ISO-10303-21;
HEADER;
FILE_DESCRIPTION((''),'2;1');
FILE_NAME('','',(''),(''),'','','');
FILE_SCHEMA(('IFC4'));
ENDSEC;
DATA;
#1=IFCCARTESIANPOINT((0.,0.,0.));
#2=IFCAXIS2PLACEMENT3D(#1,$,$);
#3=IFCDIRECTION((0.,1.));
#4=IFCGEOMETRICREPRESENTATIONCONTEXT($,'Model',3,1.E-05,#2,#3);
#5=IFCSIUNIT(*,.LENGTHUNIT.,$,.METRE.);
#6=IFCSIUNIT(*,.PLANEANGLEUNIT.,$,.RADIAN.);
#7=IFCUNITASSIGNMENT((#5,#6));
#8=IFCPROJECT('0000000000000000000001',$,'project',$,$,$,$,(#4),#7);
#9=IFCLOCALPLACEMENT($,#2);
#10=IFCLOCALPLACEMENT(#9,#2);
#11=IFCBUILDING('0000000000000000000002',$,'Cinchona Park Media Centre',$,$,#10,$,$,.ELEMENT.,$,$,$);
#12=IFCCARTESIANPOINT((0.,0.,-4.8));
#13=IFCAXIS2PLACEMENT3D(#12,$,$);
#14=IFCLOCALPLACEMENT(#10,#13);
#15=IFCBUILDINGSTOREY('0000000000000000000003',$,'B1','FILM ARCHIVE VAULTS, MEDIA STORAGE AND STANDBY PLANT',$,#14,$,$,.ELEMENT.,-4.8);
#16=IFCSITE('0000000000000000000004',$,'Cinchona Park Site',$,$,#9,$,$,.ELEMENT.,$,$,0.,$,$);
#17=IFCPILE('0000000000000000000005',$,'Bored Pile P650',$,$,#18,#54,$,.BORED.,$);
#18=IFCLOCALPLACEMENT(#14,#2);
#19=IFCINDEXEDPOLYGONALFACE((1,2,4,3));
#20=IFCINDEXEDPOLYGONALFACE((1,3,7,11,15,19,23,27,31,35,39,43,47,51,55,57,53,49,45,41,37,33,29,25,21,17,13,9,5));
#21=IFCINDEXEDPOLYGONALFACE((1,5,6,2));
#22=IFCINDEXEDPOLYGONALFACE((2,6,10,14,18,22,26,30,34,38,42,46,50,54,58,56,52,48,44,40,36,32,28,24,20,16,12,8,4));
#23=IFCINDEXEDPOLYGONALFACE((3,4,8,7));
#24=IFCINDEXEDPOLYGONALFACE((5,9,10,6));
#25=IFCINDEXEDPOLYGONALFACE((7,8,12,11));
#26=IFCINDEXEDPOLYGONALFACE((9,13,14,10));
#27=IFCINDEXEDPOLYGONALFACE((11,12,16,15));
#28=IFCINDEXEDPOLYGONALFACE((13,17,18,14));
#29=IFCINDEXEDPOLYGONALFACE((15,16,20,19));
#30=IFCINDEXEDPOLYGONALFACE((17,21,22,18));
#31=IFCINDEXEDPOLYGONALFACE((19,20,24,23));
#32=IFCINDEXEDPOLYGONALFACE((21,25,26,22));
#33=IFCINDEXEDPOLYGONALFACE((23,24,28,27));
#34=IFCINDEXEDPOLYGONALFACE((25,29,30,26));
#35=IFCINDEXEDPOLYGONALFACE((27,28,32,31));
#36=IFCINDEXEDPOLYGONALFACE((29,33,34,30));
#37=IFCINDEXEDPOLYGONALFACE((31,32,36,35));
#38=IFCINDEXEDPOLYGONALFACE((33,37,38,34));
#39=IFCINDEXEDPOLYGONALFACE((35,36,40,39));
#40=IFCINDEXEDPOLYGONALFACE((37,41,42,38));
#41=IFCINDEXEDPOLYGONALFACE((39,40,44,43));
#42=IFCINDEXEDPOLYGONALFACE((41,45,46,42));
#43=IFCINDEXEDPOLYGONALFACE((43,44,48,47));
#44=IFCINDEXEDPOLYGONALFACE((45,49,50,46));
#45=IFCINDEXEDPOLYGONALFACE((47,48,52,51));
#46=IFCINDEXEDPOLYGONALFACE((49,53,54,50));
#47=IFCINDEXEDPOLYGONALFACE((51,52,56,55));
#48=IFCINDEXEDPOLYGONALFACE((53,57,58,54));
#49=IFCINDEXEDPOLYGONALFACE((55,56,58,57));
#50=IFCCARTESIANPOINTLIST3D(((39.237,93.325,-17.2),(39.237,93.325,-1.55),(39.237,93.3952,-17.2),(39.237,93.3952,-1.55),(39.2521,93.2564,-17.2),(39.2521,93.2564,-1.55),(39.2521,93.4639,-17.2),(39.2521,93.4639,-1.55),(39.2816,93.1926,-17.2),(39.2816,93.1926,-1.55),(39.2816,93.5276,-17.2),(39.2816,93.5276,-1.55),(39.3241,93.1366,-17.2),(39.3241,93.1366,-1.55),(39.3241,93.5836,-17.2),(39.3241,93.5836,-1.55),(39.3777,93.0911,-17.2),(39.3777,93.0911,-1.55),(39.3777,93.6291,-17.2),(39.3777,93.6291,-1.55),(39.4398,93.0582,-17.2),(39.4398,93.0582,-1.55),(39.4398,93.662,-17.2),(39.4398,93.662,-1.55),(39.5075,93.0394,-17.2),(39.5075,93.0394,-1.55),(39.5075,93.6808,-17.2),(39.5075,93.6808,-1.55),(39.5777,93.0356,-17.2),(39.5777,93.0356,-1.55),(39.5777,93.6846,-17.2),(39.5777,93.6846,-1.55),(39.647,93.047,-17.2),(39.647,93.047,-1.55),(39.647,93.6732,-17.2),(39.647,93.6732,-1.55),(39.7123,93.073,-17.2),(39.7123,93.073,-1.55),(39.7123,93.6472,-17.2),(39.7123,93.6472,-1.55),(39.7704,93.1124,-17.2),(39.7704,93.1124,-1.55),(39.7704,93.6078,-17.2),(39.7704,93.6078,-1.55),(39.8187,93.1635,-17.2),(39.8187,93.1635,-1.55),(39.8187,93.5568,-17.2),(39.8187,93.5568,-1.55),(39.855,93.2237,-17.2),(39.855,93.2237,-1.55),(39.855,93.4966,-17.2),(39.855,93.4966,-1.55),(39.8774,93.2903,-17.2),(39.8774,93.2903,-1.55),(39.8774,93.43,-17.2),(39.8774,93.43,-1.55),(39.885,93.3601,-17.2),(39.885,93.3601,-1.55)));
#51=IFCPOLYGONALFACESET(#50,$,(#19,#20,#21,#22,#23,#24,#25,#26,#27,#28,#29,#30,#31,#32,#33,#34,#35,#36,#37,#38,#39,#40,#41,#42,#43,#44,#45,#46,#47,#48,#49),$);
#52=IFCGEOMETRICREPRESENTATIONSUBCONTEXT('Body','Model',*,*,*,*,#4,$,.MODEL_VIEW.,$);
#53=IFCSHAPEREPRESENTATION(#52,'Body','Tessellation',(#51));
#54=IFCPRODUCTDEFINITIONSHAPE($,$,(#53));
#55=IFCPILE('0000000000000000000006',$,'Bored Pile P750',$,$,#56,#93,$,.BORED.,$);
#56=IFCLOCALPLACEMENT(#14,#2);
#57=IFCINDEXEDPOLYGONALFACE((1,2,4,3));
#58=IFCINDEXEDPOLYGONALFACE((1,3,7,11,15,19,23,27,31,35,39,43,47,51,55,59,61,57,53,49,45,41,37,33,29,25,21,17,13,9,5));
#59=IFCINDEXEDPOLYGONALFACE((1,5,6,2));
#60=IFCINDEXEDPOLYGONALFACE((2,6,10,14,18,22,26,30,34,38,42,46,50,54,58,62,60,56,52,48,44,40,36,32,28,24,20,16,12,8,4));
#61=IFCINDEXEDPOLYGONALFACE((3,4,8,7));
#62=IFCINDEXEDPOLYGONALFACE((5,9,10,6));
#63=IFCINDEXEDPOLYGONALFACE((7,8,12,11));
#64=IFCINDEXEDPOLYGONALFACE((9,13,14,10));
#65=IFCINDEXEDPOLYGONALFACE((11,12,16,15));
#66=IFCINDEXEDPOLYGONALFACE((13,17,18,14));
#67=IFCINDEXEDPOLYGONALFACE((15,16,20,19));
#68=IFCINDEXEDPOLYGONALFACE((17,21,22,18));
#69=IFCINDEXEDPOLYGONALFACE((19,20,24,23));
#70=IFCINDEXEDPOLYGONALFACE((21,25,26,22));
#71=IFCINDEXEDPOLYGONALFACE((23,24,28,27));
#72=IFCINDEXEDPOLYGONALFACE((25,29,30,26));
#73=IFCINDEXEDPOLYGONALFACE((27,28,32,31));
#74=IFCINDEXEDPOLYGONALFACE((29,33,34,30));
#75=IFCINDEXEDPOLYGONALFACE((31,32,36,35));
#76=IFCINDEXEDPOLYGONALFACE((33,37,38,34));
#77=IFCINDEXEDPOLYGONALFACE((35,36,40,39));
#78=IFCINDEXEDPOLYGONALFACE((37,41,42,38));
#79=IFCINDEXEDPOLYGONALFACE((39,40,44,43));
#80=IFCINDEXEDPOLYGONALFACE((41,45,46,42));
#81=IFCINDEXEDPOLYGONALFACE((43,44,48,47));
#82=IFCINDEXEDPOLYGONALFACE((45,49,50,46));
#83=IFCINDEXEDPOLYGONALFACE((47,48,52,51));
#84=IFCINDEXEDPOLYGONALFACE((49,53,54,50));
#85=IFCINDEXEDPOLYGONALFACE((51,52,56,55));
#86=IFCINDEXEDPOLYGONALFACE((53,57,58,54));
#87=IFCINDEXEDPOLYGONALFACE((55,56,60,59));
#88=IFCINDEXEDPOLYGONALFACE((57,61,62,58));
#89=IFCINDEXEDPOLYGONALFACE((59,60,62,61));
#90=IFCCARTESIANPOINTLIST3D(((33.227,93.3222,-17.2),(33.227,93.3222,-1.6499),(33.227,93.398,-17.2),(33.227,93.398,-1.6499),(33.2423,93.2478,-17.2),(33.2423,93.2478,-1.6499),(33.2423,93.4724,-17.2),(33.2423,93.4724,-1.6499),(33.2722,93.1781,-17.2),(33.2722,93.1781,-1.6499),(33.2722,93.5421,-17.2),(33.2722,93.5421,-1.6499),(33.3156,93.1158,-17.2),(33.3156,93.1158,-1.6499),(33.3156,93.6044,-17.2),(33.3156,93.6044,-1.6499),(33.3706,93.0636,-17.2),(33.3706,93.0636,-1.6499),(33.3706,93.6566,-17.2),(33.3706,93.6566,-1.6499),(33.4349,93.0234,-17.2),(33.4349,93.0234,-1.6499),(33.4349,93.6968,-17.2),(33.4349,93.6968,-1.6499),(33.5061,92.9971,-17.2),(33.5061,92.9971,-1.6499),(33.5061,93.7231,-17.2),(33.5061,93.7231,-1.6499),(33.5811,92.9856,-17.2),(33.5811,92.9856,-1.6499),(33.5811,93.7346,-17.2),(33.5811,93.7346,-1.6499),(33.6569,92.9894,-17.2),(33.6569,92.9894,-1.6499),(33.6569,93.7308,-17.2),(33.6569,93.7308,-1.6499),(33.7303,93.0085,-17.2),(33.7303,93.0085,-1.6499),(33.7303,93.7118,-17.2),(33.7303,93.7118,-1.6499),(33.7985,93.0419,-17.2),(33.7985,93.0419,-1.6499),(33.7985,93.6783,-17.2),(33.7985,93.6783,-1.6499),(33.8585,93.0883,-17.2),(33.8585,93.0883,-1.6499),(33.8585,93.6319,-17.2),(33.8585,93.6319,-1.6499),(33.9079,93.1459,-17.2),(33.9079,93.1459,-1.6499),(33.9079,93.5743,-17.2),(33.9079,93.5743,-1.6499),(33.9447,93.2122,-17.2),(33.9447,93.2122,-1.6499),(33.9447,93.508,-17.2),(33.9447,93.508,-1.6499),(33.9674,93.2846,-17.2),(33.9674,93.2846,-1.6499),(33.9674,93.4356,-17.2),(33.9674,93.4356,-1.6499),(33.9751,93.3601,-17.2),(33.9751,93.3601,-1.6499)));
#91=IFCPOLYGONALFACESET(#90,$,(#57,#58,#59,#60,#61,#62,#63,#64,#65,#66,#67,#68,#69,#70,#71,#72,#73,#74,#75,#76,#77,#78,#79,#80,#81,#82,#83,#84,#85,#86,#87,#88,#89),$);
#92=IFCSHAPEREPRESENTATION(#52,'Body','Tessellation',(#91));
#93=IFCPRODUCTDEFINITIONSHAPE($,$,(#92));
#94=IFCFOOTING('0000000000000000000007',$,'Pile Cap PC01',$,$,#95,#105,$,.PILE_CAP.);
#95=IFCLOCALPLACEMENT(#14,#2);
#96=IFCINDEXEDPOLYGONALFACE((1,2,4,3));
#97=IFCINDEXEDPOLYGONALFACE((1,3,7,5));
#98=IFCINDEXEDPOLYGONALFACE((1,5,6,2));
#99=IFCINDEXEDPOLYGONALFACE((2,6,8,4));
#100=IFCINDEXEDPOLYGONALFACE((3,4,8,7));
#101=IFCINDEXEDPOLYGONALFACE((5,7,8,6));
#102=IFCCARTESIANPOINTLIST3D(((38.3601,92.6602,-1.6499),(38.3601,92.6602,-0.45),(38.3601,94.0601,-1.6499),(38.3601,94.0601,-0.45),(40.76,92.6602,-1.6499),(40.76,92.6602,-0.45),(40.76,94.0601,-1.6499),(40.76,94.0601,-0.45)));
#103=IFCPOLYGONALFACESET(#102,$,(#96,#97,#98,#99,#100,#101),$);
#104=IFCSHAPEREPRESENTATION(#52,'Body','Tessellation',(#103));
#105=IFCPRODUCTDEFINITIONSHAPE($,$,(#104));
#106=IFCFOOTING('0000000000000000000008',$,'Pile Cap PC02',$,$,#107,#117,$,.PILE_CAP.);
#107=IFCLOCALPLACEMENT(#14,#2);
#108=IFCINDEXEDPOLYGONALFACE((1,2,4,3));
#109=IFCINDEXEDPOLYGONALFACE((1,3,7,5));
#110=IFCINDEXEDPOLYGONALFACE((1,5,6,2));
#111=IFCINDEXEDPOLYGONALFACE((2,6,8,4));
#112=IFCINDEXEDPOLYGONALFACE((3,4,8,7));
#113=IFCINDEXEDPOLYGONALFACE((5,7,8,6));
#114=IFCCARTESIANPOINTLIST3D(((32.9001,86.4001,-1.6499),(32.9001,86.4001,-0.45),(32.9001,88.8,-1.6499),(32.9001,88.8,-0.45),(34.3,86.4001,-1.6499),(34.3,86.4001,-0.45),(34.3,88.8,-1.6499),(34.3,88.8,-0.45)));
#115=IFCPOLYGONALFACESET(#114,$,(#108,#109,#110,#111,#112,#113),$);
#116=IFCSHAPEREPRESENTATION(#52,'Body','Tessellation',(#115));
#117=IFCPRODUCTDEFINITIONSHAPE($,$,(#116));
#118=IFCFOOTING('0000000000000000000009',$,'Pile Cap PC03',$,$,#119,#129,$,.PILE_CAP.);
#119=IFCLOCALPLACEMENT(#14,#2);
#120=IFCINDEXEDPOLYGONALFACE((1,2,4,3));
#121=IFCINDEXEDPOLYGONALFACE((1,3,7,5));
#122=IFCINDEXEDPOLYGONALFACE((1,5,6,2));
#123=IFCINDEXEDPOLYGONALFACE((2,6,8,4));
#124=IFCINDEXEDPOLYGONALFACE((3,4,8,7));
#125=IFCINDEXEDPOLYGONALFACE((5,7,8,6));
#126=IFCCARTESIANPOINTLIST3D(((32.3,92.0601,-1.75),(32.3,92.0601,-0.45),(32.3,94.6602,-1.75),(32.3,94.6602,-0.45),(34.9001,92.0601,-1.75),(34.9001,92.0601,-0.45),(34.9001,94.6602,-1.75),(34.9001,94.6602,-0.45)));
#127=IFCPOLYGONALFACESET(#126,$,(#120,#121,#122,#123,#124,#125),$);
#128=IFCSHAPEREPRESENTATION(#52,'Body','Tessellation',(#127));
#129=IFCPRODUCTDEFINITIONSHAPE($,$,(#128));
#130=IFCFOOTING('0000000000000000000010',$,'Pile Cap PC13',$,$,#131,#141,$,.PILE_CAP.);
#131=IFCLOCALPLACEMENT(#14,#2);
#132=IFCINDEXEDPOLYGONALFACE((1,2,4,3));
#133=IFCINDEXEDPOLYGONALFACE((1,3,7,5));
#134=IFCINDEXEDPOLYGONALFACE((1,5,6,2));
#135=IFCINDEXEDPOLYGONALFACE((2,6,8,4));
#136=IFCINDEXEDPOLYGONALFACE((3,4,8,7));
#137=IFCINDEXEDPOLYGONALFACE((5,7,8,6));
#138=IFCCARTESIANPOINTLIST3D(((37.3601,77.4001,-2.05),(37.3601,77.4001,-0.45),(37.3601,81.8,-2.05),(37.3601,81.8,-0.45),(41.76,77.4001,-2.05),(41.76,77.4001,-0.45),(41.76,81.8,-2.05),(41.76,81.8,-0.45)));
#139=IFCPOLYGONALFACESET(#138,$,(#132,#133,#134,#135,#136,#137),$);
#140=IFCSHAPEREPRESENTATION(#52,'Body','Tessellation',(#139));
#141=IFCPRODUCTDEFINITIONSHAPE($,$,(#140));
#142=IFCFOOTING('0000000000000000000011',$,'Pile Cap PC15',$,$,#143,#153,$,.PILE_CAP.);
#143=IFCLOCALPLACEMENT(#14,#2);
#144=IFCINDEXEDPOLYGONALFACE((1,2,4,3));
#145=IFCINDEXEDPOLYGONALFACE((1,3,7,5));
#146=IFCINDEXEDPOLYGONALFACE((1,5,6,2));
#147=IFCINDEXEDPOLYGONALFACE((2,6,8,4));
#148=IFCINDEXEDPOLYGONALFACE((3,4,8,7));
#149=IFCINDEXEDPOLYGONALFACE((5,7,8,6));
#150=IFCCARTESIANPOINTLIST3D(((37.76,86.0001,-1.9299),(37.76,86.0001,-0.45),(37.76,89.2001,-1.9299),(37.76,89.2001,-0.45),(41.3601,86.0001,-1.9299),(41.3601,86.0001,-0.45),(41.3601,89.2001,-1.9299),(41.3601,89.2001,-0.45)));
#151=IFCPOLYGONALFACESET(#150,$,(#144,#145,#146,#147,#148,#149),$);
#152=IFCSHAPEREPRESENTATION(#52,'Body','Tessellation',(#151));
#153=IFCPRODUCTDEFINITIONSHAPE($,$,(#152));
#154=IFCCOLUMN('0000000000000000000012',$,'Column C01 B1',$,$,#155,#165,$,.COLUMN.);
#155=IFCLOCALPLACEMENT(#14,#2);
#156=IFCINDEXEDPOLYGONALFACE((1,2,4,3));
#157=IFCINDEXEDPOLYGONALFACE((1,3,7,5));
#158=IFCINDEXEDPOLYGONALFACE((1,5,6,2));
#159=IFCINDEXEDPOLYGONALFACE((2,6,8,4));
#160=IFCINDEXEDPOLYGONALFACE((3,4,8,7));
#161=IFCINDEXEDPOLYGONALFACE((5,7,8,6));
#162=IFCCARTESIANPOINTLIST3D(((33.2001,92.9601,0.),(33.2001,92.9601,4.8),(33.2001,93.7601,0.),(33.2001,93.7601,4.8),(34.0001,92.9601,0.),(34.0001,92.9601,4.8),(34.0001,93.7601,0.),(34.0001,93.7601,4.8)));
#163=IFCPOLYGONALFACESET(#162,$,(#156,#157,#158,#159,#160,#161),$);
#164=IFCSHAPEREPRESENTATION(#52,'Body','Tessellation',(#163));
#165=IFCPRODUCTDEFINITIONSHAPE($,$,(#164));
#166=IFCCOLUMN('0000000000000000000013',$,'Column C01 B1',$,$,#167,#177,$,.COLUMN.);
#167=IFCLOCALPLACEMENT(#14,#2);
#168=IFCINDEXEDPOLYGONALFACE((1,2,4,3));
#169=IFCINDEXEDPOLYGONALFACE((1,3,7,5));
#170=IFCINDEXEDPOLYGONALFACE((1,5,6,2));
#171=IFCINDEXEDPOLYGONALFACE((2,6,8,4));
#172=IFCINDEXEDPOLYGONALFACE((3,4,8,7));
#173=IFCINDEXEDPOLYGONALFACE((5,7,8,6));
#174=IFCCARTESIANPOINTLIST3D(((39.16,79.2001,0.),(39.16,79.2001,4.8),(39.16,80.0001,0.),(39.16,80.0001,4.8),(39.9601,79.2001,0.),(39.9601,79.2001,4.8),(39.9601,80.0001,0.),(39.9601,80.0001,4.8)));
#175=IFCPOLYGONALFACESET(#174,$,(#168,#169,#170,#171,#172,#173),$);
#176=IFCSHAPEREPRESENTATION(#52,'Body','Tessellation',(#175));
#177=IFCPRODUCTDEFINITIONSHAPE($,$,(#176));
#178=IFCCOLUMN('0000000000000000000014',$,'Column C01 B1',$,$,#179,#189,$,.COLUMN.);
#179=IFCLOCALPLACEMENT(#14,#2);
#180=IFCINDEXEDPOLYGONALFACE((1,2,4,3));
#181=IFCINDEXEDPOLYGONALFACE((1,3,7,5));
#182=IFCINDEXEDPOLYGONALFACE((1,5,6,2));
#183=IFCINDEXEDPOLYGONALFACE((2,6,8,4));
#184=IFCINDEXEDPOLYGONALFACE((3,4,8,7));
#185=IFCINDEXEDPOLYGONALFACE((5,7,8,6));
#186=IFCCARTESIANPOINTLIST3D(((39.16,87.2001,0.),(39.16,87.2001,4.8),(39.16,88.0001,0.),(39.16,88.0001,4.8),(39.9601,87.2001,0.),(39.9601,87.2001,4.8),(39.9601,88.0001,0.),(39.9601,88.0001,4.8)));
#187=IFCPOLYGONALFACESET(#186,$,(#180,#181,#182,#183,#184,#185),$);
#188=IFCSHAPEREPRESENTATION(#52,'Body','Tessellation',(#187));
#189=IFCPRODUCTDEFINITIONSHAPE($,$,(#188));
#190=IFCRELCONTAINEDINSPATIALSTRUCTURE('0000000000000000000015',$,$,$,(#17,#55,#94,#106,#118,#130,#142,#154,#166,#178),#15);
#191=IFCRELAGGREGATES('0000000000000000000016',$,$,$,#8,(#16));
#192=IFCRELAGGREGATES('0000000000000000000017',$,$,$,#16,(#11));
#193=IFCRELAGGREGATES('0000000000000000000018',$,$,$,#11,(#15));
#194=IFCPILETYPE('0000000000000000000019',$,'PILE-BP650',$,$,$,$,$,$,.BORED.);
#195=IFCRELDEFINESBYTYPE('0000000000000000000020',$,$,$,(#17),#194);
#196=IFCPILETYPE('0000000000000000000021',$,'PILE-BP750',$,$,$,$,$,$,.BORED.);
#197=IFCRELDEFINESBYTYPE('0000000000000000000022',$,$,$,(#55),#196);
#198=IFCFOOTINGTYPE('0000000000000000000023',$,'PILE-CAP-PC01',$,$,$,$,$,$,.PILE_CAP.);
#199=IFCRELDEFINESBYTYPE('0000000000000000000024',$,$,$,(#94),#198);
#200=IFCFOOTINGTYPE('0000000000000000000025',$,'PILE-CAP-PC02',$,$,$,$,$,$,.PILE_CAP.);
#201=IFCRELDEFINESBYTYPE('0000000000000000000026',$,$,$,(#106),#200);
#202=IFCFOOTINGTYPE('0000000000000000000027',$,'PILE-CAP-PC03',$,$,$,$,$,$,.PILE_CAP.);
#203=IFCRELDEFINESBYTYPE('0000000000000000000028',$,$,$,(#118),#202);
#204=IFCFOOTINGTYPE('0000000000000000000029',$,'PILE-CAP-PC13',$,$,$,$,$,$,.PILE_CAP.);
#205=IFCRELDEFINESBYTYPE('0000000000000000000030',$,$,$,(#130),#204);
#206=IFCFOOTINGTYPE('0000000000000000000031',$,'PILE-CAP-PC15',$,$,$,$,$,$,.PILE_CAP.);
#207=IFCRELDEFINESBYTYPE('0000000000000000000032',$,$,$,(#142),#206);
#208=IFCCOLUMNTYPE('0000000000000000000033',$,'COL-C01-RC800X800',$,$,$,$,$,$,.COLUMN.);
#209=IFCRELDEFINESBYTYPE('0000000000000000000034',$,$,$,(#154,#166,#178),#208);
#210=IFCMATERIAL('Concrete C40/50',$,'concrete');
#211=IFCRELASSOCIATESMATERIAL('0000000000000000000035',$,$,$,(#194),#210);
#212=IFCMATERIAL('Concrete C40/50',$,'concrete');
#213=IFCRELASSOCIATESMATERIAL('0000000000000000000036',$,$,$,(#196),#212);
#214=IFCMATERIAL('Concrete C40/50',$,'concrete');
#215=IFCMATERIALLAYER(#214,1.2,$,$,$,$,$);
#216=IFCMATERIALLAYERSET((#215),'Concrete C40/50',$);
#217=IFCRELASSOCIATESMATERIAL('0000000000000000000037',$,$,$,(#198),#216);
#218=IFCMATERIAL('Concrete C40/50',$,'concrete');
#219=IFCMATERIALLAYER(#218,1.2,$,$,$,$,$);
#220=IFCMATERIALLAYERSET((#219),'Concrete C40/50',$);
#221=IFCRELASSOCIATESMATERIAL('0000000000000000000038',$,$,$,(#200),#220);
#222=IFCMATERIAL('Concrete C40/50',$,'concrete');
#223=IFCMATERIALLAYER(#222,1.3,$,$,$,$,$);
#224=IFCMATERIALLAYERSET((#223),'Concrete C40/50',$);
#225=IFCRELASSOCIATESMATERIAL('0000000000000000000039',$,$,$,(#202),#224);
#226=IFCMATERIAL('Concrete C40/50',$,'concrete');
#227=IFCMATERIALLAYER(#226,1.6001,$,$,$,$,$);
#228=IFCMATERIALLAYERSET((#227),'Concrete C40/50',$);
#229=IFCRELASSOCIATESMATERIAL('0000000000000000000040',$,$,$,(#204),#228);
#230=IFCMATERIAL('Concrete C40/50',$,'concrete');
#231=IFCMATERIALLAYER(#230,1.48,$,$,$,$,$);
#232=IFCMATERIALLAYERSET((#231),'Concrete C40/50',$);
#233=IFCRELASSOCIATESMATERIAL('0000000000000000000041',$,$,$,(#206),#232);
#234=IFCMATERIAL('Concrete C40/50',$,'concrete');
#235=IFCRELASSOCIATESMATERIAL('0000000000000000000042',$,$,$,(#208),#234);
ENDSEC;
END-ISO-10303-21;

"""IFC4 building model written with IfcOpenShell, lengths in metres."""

from ifc_helpers import new_model, si_unit, direction, frame, origin, origin_2d, place, context, subcontext, project, spatial, rectangle, circle, extrude, material, layer, layer_set, material_profile, profile_set, type_object, element, save


model = new_model("IFC4")

# Units and contexts
model_context = context("Model", 3, precision=1e-05, world=origin(), true_north=direction((0.0, 1.0)))
body_context = subcontext(model_context, "Body", "Model", "MODEL_VIEW")
ifc_project = project(units=[si_unit("LENGTHUNIT", "METRE"), si_unit("PLANEANGLEUNIT", "RADIAN")], contexts=[model_context])

# Site, building, storey
site_placement = place(None, origin())
site = spatial("IfcSite", under=ifc_project, at=site_placement, Name="Cinchona Park Site", CompositionType="ELEMENT", RefElevation=0.0)
building_placement = place(site_placement, origin())
building = spatial("IfcBuilding", under=site, at=building_placement, Name="Cinchona Park Media Centre", CompositionType="ELEMENT")
storey_placement = place(building_placement, frame((0.0, 0.0, -4.8)))
storey = spatial("IfcBuildingStorey", under=building, at=storey_placement, Name="B1", Description="FILM ARCHIVE VAULTS, MEDIA STORAGE AND STANDBY PLANT", CompositionType="ELEMENT", Elevation=-4.8)

# Piles
ifc_material_1 = material(Name="Concrete C40/50", Category="concrete")
ifc_material_profile_1 = material_profile(ifc_material_1, circle(Radius=0.325, at=origin_2d()), Name="BORED PILE 650")
ifc_profile_set_1 = profile_set([ifc_material_profile_1], Name="Concrete C40/50")
pile_type_1 = type_object("IfcPileType", Name="PILE-BP650", PredefinedType="BORED", material=ifc_profile_set_1)
pile_1_placement = place(storey_placement, frame((39.5601, 93.3601, -1.55), z_axis=(0.0, 0.0, -1.0), x_axis=(1.0, 0.0, 0.0)))
element("IfcPile", 1, at=pile_1_placement, inside=storey, type_object=pile_type_1, Name="Bored Pile P650", PredefinedType="BORED", context=body_context, shape_type="SweptSolid", body=[
    extrude(circle(Radius=0.325, at=origin_2d()), origin(), (0.0, 0.0, 1.0), 15.6499),
])
ifc_material_2 = material(Name="Concrete C40/50", Category="concrete")
ifc_material_profile_2 = material_profile(ifc_material_2, circle(Radius=0.375, at=origin_2d()), Name="BORED PILE 750")
ifc_profile_set_2 = profile_set([ifc_material_profile_2], Name="Concrete C40/50")
pile_type_2 = type_object("IfcPileType", Name="PILE-BP750", PredefinedType="BORED", material=ifc_profile_set_2)
pile_2_placement = place(storey_placement, frame((33.6001, 93.3601, -1.6499), z_axis=(0.0, 0.0, -1.0), x_axis=(1.0, 0.0, 0.0)))
element("IfcPile", 2, at=pile_2_placement, inside=storey, type_object=pile_type_2, Name="Bored Pile P750", PredefinedType="BORED", context=body_context, shape_type="SweptSolid", body=[
    extrude(circle(Radius=0.375, at=origin_2d()), origin(), (0.0, 0.0, 1.0), 15.55),
])

# Footings
ifc_material_3 = material(Name="Concrete C40/50", Category="concrete")
ifc_layer_1 = layer(ifc_material_3, 1.2)
ifc_layer_set_1 = layer_set([ifc_layer_1], Name="Concrete C40/50")
footing_type_1 = type_object("IfcFootingType", Name="PILE-CAP-PC01", PredefinedType="PILE_CAP", material=ifc_layer_set_1)
footing_1_placement = place(storey_placement, frame((39.5601, 93.3601, -1.6499), z_axis=(0.0, 0.0, 1.0), x_axis=(1.0, 0.0, 0.0)))
element("IfcFooting", 3, at=footing_1_placement, inside=storey, type_object=footing_type_1, Name="Pile Cap PC01", PredefinedType="PILE_CAP", context=body_context, shape_type="SweptSolid", body=[
    extrude(rectangle(XDim=2.3999, YDim=1.3999, at=origin_2d()), origin(), (0.0, 0.0, 1.0), 1.2),
])
ifc_material_4 = material(Name="Concrete C40/50", Category="concrete")
ifc_layer_2 = layer(ifc_material_4, 1.2)
ifc_layer_set_2 = layer_set([ifc_layer_2], Name="Concrete C40/50")
footing_type_2 = type_object("IfcFootingType", Name="PILE-CAP-PC02", PredefinedType="PILE_CAP", material=ifc_layer_set_2)
footing_2_placement = place(storey_placement, frame((33.6001, 87.6001, -1.6499), z_axis=(0.0, 0.0, 1.0), x_axis=(1.0, 0.0, 0.0)))
element("IfcFooting", 4, at=footing_2_placement, inside=storey, type_object=footing_type_2, Name="Pile Cap PC02", PredefinedType="PILE_CAP", context=body_context, shape_type="SweptSolid", body=[
    extrude(rectangle(XDim=1.3999, YDim=2.3999, at=origin_2d()), origin(), (0.0, 0.0, 1.0), 1.2),
])
ifc_material_5 = material(Name="Concrete C40/50", Category="concrete")
ifc_layer_3 = layer(ifc_material_5, 1.3)
ifc_layer_set_3 = layer_set([ifc_layer_3], Name="Concrete C40/50")
footing_type_3 = type_object("IfcFootingType", Name="PILE-CAP-PC03", PredefinedType="PILE_CAP", material=ifc_layer_set_3)
footing_3_placement = place(storey_placement, frame((33.6001, 93.3601, -1.75), z_axis=(0.0, 0.0, 1.0), x_axis=(1.0, 0.0, 0.0)))
element("IfcFooting", 5, at=footing_3_placement, inside=storey, type_object=footing_type_3, Name="Pile Cap PC03", PredefinedType="PILE_CAP", context=body_context, shape_type="SweptSolid", body=[
    extrude(rectangle(XDim=2.6001, YDim=2.6001, at=origin_2d()), origin(), (0.0, 0.0, 1.0), 1.3),
])
ifc_material_6 = material(Name="Concrete C40/50", Category="concrete")
ifc_layer_4 = layer(ifc_material_6, 1.6001)
ifc_layer_set_4 = layer_set([ifc_layer_4], Name="Concrete C40/50")
footing_type_4 = type_object("IfcFootingType", Name="PILE-CAP-PC13", PredefinedType="PILE_CAP", material=ifc_layer_set_4)
footing_4_placement = place(storey_placement, frame((39.5601, 79.6001, -2.05), z_axis=(0.0, 0.0, 1.0), x_axis=(1.0, 0.0, 0.0)))
element("IfcFooting", 6, at=footing_4_placement, inside=storey, type_object=footing_type_4, Name="Pile Cap PC13", PredefinedType="PILE_CAP", context=body_context, shape_type="SweptSolid", body=[
    extrude(rectangle(XDim=4.3999, YDim=4.3999, at=origin_2d()), origin(), (0.0, 0.0, 1.0), 1.6001),
])
ifc_material_7 = material(Name="Concrete C40/50", Category="concrete")
ifc_layer_5 = layer(ifc_material_7, 1.48)
ifc_layer_set_5 = layer_set([ifc_layer_5], Name="Concrete C40/50")
footing_type_5 = type_object("IfcFootingType", Name="PILE-CAP-PC15", PredefinedType="PILE_CAP", material=ifc_layer_set_5)
footing_5_placement = place(storey_placement, frame((39.5601, 87.6001, -1.9299), z_axis=(0.0, 0.0, 1.0), x_axis=(1.0, 0.0, 0.0)))
element("IfcFooting", 7, at=footing_5_placement, inside=storey, type_object=footing_type_5, Name="Pile Cap PC15", PredefinedType="PILE_CAP", context=body_context, shape_type="SweptSolid", body=[
    extrude(rectangle(XDim=3.6001, YDim=3.2, at=origin_2d()), origin(), (0.0, 0.0, 1.0), 1.48),
])

# Columns
ifc_material_8 = material(Name="Concrete C40/50", Category="concrete")
ifc_material_profile_3 = material_profile(ifc_material_8, rectangle(XDim=0.8, YDim=0.8, at=origin_2d()), Name="RC 800X800")
ifc_profile_set_3 = profile_set([ifc_material_profile_3], Name="Concrete C40/50")
column_type = type_object("IfcColumnType", Name="COL-C01-RC800X800", PredefinedType="COLUMN", material=ifc_profile_set_3)
for number, where, z_axis, x_axis, name in (
    (8, (33.6001, 93.3601, 0.0), (0.0, 0.0, 1.0), (1.0, 0.0, 0.0), "Column C01 B1"),
    (9, (39.5601, 79.6001, 0.0), (0.0, 0.0, 1.0), (1.0, 0.0, 0.0), "Column C01 B1"),
    (10, (39.5601, 87.6001, 0.0), (0.0, 0.0, 1.0), (1.0, 0.0, 0.0), "Column C01 B1"),
):
    element("IfcColumn", number, at=place(storey_placement, frame(where, z_axis=z_axis, x_axis=x_axis)), inside=storey, type_object=column_type, Name=name, PredefinedType="COLUMN", context=body_context, shape_type="SweptSolid", body=[
        extrude(rectangle(XDim=0.8, YDim=0.8, at=origin_2d()), origin(), (0.0, 0.0, 1.0), 4.8),
    ])

save(model, "model.ifc")
